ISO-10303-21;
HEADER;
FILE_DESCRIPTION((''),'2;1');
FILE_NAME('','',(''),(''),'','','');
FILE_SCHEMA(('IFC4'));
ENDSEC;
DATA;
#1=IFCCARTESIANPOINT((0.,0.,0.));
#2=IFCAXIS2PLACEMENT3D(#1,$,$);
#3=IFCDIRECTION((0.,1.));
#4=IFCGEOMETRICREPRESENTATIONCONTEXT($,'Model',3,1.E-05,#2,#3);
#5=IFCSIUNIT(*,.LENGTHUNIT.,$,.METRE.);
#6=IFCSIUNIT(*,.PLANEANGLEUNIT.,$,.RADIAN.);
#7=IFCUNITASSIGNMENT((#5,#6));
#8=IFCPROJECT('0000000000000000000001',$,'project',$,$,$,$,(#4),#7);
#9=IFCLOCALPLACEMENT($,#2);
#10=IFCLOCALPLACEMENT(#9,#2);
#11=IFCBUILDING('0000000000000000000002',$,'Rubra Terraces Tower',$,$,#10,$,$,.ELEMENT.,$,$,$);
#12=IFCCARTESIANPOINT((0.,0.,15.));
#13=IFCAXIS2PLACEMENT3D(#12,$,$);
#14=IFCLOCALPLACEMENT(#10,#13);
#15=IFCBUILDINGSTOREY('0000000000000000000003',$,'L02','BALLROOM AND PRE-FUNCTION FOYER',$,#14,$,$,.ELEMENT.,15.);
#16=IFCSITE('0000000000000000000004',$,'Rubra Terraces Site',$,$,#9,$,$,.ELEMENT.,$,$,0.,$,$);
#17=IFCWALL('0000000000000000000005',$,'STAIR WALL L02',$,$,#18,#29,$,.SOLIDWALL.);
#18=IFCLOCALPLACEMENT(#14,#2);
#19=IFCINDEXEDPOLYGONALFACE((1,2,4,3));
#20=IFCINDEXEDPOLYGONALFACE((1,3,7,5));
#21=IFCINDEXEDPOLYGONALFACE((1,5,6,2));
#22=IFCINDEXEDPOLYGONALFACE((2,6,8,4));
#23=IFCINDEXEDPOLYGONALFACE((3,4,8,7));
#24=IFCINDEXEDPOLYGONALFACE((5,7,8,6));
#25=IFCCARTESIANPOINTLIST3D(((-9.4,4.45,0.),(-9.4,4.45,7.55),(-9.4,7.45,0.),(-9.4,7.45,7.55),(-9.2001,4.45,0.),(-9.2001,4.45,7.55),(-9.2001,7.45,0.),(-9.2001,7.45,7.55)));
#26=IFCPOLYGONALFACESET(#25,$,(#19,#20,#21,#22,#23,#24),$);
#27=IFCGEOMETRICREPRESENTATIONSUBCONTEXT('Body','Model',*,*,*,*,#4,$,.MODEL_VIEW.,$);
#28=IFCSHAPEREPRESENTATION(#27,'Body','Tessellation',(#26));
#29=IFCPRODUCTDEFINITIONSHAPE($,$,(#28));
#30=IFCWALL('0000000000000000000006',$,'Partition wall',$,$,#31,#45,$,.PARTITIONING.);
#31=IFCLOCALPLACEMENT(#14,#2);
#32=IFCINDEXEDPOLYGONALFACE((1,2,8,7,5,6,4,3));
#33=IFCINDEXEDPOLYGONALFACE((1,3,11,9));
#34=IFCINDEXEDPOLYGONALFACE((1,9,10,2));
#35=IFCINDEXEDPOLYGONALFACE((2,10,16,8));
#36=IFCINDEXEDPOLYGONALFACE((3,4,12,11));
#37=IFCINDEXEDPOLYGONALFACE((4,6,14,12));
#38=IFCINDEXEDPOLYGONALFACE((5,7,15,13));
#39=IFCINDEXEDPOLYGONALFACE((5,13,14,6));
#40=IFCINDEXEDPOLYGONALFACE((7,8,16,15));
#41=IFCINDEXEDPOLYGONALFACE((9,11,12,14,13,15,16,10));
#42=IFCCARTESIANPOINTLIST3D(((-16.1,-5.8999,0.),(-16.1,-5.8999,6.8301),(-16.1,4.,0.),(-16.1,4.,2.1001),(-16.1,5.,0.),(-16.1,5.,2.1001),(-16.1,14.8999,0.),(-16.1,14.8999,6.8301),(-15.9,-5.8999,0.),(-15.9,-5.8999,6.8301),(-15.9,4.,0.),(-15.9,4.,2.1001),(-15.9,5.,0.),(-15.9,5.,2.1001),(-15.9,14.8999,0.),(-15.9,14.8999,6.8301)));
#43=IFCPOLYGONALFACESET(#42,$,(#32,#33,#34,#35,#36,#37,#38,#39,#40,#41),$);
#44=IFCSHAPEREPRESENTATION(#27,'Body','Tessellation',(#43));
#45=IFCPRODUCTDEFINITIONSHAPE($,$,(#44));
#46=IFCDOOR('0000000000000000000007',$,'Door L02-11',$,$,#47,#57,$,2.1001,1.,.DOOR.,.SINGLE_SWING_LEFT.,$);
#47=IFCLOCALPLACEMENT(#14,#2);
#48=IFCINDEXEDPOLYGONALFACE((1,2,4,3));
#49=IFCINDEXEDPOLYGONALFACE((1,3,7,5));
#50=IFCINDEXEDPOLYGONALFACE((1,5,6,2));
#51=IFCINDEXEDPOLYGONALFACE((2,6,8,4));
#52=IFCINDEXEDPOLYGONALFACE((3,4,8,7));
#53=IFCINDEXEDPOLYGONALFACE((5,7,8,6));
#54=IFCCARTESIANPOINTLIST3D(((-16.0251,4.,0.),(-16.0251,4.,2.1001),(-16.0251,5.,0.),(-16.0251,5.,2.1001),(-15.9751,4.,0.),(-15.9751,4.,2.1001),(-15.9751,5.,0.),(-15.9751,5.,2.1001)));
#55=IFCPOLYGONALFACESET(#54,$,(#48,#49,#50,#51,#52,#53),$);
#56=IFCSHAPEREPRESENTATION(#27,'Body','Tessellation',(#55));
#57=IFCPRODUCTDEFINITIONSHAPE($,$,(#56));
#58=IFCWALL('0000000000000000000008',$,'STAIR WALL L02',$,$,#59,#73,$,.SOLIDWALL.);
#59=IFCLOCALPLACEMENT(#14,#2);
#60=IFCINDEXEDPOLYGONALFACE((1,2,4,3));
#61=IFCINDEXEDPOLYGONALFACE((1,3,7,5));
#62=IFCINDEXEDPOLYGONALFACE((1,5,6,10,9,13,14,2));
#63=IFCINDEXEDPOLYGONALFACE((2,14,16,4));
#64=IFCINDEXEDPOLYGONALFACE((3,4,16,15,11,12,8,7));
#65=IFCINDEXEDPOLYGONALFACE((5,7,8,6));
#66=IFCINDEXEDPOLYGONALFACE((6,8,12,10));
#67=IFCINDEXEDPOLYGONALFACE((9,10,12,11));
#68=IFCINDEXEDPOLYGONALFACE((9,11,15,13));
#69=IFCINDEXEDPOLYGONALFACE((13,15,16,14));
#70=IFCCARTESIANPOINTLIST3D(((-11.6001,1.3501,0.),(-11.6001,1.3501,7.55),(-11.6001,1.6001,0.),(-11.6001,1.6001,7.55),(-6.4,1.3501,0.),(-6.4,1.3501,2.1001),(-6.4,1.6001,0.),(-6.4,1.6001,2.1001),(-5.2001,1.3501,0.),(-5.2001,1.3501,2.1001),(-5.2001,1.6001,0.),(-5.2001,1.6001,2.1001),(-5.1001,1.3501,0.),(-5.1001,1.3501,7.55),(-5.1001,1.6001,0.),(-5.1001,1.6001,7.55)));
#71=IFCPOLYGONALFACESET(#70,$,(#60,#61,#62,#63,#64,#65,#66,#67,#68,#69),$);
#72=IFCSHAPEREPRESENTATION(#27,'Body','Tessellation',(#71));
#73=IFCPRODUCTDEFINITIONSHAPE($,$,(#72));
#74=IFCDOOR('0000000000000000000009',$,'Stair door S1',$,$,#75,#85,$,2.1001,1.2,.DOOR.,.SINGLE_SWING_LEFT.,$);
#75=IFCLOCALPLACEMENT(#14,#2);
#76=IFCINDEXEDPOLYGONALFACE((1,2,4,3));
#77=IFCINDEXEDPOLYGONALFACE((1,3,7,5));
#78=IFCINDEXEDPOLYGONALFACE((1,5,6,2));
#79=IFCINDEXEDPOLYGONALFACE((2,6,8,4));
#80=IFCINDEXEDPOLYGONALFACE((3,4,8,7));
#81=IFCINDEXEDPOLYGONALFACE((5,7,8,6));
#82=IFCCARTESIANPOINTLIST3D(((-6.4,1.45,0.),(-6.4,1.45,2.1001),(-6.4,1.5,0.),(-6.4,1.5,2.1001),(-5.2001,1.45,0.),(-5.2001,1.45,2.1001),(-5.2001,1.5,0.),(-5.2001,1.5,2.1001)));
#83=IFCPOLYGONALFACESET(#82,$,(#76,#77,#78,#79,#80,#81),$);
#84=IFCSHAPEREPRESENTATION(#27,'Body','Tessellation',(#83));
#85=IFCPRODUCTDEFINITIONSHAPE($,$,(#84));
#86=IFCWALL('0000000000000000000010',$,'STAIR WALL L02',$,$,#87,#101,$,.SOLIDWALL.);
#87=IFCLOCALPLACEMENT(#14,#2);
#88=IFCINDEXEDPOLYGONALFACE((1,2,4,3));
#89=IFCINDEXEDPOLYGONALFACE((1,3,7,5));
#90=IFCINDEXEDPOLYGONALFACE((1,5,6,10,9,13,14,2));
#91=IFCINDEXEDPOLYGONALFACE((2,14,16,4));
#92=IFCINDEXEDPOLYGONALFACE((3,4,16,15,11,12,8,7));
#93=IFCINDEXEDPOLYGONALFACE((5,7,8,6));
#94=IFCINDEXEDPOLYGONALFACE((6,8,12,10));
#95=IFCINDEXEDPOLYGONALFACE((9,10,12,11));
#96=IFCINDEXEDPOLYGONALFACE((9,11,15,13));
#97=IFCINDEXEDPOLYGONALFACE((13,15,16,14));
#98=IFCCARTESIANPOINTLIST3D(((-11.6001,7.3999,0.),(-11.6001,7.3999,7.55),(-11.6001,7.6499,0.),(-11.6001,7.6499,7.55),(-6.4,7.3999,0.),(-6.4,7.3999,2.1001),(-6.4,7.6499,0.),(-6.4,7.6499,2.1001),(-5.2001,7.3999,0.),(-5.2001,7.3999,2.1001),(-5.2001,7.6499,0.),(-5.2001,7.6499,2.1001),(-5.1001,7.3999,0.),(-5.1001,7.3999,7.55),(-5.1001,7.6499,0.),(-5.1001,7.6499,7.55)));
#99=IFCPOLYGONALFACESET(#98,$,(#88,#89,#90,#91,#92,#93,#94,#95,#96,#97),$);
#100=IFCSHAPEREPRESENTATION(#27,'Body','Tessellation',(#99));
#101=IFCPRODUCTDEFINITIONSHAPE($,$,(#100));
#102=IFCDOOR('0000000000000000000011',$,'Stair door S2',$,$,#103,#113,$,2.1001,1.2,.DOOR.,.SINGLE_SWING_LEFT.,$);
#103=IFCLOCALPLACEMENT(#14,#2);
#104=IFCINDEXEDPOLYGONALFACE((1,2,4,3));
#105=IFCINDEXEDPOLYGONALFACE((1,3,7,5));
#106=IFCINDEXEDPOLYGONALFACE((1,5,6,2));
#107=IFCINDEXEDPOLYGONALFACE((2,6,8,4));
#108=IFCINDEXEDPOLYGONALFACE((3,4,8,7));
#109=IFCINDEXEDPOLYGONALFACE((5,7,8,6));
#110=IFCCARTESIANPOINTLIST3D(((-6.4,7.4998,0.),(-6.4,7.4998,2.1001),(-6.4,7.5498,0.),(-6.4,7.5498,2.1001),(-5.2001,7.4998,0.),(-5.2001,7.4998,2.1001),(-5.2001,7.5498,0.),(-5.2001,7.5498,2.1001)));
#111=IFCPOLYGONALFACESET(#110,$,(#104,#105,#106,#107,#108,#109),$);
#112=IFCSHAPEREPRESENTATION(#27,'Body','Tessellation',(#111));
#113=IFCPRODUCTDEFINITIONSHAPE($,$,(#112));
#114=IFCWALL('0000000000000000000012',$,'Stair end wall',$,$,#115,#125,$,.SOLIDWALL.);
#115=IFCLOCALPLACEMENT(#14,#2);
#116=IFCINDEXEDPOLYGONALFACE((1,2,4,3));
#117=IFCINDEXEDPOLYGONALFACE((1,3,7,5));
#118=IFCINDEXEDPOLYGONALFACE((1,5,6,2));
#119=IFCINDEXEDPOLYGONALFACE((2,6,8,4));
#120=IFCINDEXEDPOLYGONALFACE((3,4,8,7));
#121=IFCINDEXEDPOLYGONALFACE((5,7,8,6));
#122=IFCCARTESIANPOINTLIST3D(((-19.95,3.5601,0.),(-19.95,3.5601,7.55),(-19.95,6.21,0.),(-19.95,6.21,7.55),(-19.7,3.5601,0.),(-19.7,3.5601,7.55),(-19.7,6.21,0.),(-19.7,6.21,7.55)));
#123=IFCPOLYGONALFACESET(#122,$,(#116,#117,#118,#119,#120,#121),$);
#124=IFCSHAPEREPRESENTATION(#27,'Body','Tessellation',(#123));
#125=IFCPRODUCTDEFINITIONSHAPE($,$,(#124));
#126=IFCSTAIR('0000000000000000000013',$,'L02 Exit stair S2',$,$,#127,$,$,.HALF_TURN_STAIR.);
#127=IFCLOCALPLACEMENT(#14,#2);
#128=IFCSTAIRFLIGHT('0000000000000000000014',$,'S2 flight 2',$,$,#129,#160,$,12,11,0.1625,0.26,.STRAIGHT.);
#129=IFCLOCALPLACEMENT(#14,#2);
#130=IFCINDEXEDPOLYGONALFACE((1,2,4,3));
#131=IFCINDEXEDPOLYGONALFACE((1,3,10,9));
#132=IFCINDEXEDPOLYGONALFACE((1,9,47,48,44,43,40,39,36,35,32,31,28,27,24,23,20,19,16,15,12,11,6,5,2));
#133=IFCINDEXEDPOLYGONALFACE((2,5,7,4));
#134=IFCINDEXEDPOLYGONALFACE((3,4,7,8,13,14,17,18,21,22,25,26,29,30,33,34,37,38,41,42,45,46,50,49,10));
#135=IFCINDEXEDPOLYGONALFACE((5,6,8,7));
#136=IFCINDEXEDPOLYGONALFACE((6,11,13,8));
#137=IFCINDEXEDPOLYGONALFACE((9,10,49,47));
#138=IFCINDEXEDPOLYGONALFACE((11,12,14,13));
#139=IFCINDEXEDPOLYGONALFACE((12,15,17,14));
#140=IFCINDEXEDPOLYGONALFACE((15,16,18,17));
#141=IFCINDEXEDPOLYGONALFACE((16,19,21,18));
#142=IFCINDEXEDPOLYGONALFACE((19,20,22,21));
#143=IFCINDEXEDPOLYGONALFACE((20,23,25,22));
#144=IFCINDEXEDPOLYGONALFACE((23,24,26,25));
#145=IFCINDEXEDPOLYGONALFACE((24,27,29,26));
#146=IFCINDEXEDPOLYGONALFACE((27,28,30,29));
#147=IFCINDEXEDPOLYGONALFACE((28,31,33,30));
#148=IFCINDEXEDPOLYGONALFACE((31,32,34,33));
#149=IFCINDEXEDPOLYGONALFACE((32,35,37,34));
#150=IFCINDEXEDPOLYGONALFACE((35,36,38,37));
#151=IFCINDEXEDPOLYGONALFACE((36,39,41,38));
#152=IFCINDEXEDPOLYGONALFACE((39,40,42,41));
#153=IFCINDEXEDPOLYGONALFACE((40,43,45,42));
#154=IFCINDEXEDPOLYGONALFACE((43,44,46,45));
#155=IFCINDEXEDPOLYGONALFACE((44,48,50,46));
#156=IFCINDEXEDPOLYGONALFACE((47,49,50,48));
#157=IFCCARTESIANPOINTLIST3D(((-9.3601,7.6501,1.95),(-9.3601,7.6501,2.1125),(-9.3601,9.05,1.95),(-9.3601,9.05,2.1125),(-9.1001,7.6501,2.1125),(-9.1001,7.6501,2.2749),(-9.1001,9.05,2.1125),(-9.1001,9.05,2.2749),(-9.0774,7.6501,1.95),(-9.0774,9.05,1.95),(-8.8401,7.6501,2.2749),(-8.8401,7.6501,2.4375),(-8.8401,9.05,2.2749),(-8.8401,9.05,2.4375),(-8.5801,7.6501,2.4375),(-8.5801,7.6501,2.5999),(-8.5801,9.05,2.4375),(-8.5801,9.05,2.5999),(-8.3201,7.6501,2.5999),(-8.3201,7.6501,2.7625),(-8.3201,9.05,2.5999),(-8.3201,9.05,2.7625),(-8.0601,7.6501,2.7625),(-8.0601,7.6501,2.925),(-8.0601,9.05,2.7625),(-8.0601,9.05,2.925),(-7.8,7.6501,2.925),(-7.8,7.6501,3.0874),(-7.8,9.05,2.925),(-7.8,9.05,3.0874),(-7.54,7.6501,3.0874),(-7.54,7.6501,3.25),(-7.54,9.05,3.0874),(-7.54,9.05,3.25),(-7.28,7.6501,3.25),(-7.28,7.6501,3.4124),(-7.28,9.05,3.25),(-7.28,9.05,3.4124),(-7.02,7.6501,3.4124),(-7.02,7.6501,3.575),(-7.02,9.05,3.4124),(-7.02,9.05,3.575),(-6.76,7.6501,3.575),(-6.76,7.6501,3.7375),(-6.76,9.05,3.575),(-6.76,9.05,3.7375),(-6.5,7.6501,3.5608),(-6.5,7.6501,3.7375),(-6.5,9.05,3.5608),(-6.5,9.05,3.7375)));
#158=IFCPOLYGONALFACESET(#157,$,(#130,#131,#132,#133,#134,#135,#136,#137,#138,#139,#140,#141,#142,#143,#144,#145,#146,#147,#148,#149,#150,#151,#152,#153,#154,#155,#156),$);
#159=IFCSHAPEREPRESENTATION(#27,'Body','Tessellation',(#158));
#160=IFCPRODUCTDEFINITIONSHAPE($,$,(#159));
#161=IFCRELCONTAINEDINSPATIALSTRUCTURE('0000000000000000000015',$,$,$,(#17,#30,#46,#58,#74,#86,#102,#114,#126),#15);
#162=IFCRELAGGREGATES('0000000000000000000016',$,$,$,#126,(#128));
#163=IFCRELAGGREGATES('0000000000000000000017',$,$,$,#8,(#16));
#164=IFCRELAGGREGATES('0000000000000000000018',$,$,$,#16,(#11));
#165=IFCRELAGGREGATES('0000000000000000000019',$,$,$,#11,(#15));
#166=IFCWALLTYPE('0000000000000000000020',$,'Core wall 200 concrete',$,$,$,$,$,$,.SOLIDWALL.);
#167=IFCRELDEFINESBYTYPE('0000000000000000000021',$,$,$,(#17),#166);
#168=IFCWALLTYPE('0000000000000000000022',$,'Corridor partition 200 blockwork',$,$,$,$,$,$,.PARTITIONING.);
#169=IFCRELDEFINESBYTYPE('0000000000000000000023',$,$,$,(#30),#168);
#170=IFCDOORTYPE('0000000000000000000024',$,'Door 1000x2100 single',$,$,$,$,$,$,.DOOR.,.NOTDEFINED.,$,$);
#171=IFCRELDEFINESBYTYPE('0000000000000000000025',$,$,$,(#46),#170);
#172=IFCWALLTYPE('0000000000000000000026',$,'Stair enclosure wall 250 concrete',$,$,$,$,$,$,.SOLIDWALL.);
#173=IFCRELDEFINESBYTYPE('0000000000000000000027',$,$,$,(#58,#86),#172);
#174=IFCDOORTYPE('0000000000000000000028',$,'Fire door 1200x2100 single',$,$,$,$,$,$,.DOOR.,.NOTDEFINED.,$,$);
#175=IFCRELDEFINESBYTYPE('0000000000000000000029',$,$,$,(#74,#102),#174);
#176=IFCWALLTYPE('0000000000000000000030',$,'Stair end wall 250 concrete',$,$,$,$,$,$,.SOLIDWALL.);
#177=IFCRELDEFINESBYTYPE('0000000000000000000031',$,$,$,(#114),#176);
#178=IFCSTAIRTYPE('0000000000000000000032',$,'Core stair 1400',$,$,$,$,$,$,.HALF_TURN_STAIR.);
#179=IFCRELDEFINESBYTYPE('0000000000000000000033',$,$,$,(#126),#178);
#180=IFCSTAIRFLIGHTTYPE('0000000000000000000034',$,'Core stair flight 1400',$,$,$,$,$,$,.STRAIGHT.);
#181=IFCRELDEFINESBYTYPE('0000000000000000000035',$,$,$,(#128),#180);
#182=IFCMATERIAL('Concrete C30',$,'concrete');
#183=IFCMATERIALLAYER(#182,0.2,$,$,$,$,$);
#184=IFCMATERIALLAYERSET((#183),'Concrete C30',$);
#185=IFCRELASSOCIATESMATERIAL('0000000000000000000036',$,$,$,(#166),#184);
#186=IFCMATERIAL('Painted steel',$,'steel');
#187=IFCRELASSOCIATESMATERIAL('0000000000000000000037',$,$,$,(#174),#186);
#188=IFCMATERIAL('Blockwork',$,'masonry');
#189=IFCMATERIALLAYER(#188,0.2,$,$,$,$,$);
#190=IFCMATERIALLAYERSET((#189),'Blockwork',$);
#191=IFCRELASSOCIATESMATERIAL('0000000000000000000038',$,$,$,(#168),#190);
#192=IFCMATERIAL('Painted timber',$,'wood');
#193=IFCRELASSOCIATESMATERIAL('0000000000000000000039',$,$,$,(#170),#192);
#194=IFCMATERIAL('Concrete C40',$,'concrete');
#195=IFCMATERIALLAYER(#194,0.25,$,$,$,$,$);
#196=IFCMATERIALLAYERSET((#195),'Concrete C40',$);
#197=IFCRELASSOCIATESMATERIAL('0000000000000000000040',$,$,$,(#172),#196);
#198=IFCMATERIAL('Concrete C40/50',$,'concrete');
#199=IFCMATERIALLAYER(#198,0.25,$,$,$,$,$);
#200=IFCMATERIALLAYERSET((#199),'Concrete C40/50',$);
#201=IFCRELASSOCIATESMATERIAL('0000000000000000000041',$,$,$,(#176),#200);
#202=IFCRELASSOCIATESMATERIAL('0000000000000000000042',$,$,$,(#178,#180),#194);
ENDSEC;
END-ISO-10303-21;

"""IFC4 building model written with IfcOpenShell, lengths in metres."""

from ifc_helpers import new_model, si_unit, direction, frame, frame_2d, origin, place, context, subcontext, project, spatial, polyline, rectangle, outline, extrude, material, layer, layer_set, type_object, element, fill, aggregate, save


model = new_model("IFC4")

# Units and contexts
model_context = context("Model", 3, precision=1e-05, world=origin(), true_north=direction((0.0, 1.0)))
body_context = subcontext(model_context, "Body", "Model", "MODEL_VIEW")
ifc_project = project(units=[si_unit("LENGTHUNIT", "METRE"), si_unit("PLANEANGLEUNIT", "RADIAN")], contexts=[model_context])

# Site, building, storey
site_placement = place(None, origin())
site = spatial("IfcSite", under=ifc_project, at=site_placement, Name="Rubra Terraces Site", CompositionType="ELEMENT", RefElevation=0.0)
building_placement = place(site_placement, origin())
building = spatial("IfcBuilding", under=site, at=building_placement, Name="Rubra Terraces Tower", CompositionType="ELEMENT")
storey_placement = place(building_placement, frame((0.0, 0.0, 15.0)))
storey = spatial("IfcBuildingStorey", under=building, at=storey_placement, Name="L02", Description="BALLROOM AND PRE-FUNCTION FOYER", CompositionType="ELEMENT", Elevation=15.0)

# Shared definitions
ifc_material_1 = material(Name="Painted steel", Category="steel")
ifc_material_2 = material(Name="Concrete C30", Category="concrete")
ifc_layer_1 = layer(ifc_material_2, 0.2)
ifc_layer_set_1 = layer_set([ifc_layer_1], Name="Concrete C30")
wall_type_1 = type_object("IfcWallType", Name="Core wall 200 concrete", PredefinedType="SOLIDWALL", material=ifc_layer_set_1)
door_type_1 = type_object("IfcDoorType", Name="Fire door 1200x2100 single", OperationType="NOTDEFINED", PredefinedType="DOOR", material=ifc_material_1)

# Wall
wall_1_placement = place(storey_placement, frame((-9.3, 4.45, 0.0), z_axis=(0.0, 0.0, 1.0), x_axis=(0.0, 1.0, 0.0)))
element("IfcWall", 1, at=wall_1_placement, inside=storey, type_object=wall_type_1, Name="STAIR WALL L02", PredefinedType="SOLIDWALL", context=body_context, shape_type="SweptSolid", body=[
    extrude(rectangle(XDim=3.0, YDim=0.2, at=frame_2d((1.5, 0.0))), origin(), (0.0, 0.0, 1.0), 7.55),
])

# Walls, openings, doors
ifc_material_3 = material(Name="Blockwork", Category="masonry")
ifc_layer_2 = layer(ifc_material_3, 0.2)
ifc_layer_set_2 = layer_set([ifc_layer_2], Name="Blockwork")
wall_type_2 = type_object("IfcWallType", Name="Corridor partition 200 blockwork", PredefinedType="PARTITIONING", material=ifc_layer_set_2)
wall_2_placement = place(storey_placement, frame((-16.0, 14.8999, 0.0), z_axis=(0.0, 0.0, 1.0), x_axis=(0.0, -1.0, 0.0)))
wall_2 = element("IfcWall", 2, at=wall_2_placement, inside=storey, type_object=wall_type_2, Name="Partition wall", PredefinedType="PARTITIONING", context=body_context, shape_type="SweptSolid", body=[
    extrude(rectangle(XDim=20.7998, YDim=0.2, at=frame_2d((10.3999, 0.0))), origin(), (0.0, 0.0, 1.0), 6.8301),
])
opening_1_placement = place(wall_2_placement, frame((9.8999, 0.0, 0.0)))
opening_1 = element("IfcOpeningElement", 3, at=opening_1_placement, cuts=wall_2, PredefinedType="OPENING", context=body_context, shape_type="SweptSolid", body=[
    extrude(rectangle(XDim=1.0, YDim=2.1001, at=frame_2d((0.5, 1.05))), frame((0.0, 0.1099, 0.0), z_axis=(0.0, -1.0, 0.0), x_axis=(1.0, 0.0, 0.0)), (0.0, 0.0, 1.0), 0.22),
])
ifc_material_4 = material(Name="Painted timber", Category="wood")
door_type_2 = type_object("IfcDoorType", Name="Door 1000x2100 single", OperationType="NOTDEFINED", PredefinedType="DOOR", material=ifc_material_4)
door_1_placement = place(opening_1_placement, origin())
door_1 = element("IfcDoor", 4, at=door_1_placement, inside=storey, type_object=door_type_2, Name="Door L02-11", OperationType="SINGLE_SWING_LEFT", OverallHeight=2.1001, OverallWidth=1.0, PredefinedType="DOOR", context=body_context, shape_type="SweptSolid", body=[
    extrude(rectangle(XDim=1.0, YDim=2.1001, at=frame_2d((0.5, 1.05))), frame((0.0, 0.0249, 0.0), z_axis=(0.0, -1.0, 0.0), x_axis=(1.0, 0.0, 0.0)), (0.0, 0.0, 1.0), 0.05),
])
fill(opening_1, door_1)
ifc_material_5 = material(Name="Concrete C40", Category="concrete")
ifc_layer_3 = layer(ifc_material_5, 0.25)
ifc_layer_set_3 = layer_set([ifc_layer_3], Name="Concrete C40")
wall_type_3 = type_object("IfcWallType", Name="Stair enclosure wall 250 concrete", PredefinedType="SOLIDWALL", material=ifc_layer_set_3)
wall_3_placement = place(storey_placement, frame((-11.6001, 1.4751, 0.0), z_axis=(0.0, 0.0, 1.0), x_axis=(1.0, 0.0, 0.0)))
wall_3 = element("IfcWall", 5, at=wall_3_placement, inside=storey, type_object=wall_type_3, Name="STAIR WALL L02", PredefinedType="SOLIDWALL", context=body_context, shape_type="SweptSolid", body=[
    extrude(rectangle(XDim=6.5, YDim=0.25, at=frame_2d((3.25, 0.0))), origin(), (0.0, 0.0, 1.0), 7.55),
])
opening_2_placement = place(wall_3_placement, frame((5.2, 0.0, 0.0)))
opening_2 = element("IfcOpeningElement", 6, at=opening_2_placement, cuts=wall_3, PredefinedType="OPENING", context=body_context, shape_type="SweptSolid", body=[
    extrude(rectangle(XDim=1.2, YDim=2.1001, at=frame_2d((0.6001, 1.05))), frame((0.0, 0.135, 0.0), z_axis=(0.0, -1.0, 0.0), x_axis=(1.0, 0.0, 0.0)), (0.0, 0.0, 1.0), 0.27),
])
door_2_placement = place(opening_2_placement, origin())
door_2 = element("IfcDoor", 7, at=door_2_placement, inside=storey, type_object=door_type_1, Name="Stair door S1", OperationType="SINGLE_SWING_LEFT", OverallHeight=2.1001, OverallWidth=1.2, PredefinedType="DOOR", context=body_context, shape_type="SweptSolid", body=[
    extrude(rectangle(XDim=1.2, YDim=2.1001, at=frame_2d((0.6001, 1.05))), frame((0.0, 0.0249, 0.0), z_axis=(0.0, -1.0, 0.0), x_axis=(1.0, 0.0, 0.0)), (0.0, 0.0, 1.0), 0.05),
])
fill(opening_2, door_2)
wall_4_placement = place(storey_placement, frame((-11.6001, 7.5249, 0.0), z_axis=(0.0, 0.0, 1.0), x_axis=(1.0, 0.0, 0.0)))
wall_4 = element("IfcWall", 8, at=wall_4_placement, inside=storey, type_object=wall_type_3, Name="STAIR WALL L02", PredefinedType="SOLIDWALL", context=body_context, shape_type="SweptSolid", body=[
    extrude(rectangle(XDim=6.5, YDim=0.25, at=frame_2d((3.25, 0.0))), origin(), (0.0, 0.0, 1.0), 7.55),
])
opening_3_placement = place(wall_4_placement, frame((5.2, 0.0, 0.0)))
opening_3 = element("IfcOpeningElement", 9, at=opening_3_placement, cuts=wall_4, PredefinedType="OPENING", context=body_context, shape_type="SweptSolid", body=[
    extrude(rectangle(XDim=1.2, YDim=2.1001, at=frame_2d((0.6001, 1.05))), frame((0.0, 0.135, 0.0), z_axis=(0.0, -1.0, 0.0), x_axis=(1.0, 0.0, 0.0)), (0.0, 0.0, 1.0), 0.27),
])
door_3_placement = place(opening_3_placement, origin())
door_3 = element("IfcDoor", 10, at=door_3_placement, inside=storey, type_object=door_type_1, Name="Stair door S2", OperationType="SINGLE_SWING_LEFT", OverallHeight=2.1001, OverallWidth=1.2, PredefinedType="DOOR", context=body_context, shape_type="SweptSolid", body=[
    extrude(rectangle(XDim=1.2, YDim=2.1001, at=frame_2d((0.6001, 1.05))), frame((0.0, 0.0249, 0.0), z_axis=(0.0, -1.0, 0.0), x_axis=(1.0, 0.0, 0.0)), (0.0, 0.0, 1.0), 0.05),
])
fill(opening_3, door_3)

# Wall
ifc_material_6 = material(Name="Concrete C40/50", Category="concrete")
ifc_layer_4 = layer(ifc_material_6, 0.25)
ifc_layer_set_4 = layer_set([ifc_layer_4], Name="Concrete C40/50")
wall_type_4 = type_object("IfcWallType", Name="Stair end wall 250 concrete", PredefinedType="SOLIDWALL", material=ifc_layer_set_4)
wall_5_placement = place(storey_placement, frame((-19.825, 3.5601, 0.0), z_axis=(0.0, 0.0, 1.0), x_axis=(0.0, 1.0, 0.0)))
element("IfcWall", 11, at=wall_5_placement, inside=storey, type_object=wall_type_4, Name="Stair end wall", PredefinedType="SOLIDWALL", context=body_context, shape_type="SweptSolid", body=[
    extrude(rectangle(XDim=2.6499, YDim=0.25, at=frame_2d((1.325, 0.0))), origin(), (0.0, 0.0, 1.0), 7.55),
])

# Stair, stair flight
stair_type = type_object("IfcStairType", Name="Core stair 1400", PredefinedType="HALF_TURN_STAIR", material=ifc_material_5)
stair_placement = place(storey_placement, origin())
stair = element("IfcStair", 12, at=stair_placement, inside=storey, type_object=stair_type, Name="L02 Exit stair S2", PredefinedType="HALF_TURN_STAIR")
stair_flight_type = type_object("IfcStairFlightType", Name="Core stair flight 1400", PredefinedType="STRAIGHT", material=ifc_material_5)
stair_flight_1_placement = place(storey_placement, frame((-9.3601, 8.3501, 1.95), z_axis=(0.0, 0.0, 1.0), x_axis=(1.0, 0.0, 0.0)))
stair_flight_1 = element("IfcStairFlight", 13, at=stair_flight_1_placement, type_object=stair_flight_type, Name="S2 flight 2", NumberOfRisers=12, NumberOfTreads=11, PredefinedType="STRAIGHT", RiserHeight=0.1625, TreadLength=0.26, context=body_context, shape_type="SweptSolid", body=[
    extrude(outline(polyline([(0.0, 0.0), (0.0, 0.1626), (0.26, 0.1626), (0.26, 0.325), (0.52, 0.325), (0.52, 0.4875), (0.78, 0.4875), (0.78, 0.6499), (1.04, 0.6499), (1.04, 0.8125), (1.3, 0.8125), (1.3, 0.9751), (1.5601, 0.9751), (1.5601, 1.1375), (1.8201, 1.1375), (1.8201, 1.3), (2.0801, 1.3), (2.0801, 1.4624), (2.3401, 1.4624), (2.3401, 1.625), (2.6001, 1.625), (2.6001, 1.7876), (2.8601, 1.7876), (2.8601, 1.95), (2.8601, 1.6108), (0.2827, 0.0), (0.0, 0.0)])), frame((0.0, 0.7, 0.0), z_axis=(0.0, -1.0, 0.0), x_axis=(1.0, 0.0, 0.0)), (0.0, 0.0, 1.0), 1.3999),
])
aggregate(stair, [stair_flight_1])

save(model, "model.ifc")
